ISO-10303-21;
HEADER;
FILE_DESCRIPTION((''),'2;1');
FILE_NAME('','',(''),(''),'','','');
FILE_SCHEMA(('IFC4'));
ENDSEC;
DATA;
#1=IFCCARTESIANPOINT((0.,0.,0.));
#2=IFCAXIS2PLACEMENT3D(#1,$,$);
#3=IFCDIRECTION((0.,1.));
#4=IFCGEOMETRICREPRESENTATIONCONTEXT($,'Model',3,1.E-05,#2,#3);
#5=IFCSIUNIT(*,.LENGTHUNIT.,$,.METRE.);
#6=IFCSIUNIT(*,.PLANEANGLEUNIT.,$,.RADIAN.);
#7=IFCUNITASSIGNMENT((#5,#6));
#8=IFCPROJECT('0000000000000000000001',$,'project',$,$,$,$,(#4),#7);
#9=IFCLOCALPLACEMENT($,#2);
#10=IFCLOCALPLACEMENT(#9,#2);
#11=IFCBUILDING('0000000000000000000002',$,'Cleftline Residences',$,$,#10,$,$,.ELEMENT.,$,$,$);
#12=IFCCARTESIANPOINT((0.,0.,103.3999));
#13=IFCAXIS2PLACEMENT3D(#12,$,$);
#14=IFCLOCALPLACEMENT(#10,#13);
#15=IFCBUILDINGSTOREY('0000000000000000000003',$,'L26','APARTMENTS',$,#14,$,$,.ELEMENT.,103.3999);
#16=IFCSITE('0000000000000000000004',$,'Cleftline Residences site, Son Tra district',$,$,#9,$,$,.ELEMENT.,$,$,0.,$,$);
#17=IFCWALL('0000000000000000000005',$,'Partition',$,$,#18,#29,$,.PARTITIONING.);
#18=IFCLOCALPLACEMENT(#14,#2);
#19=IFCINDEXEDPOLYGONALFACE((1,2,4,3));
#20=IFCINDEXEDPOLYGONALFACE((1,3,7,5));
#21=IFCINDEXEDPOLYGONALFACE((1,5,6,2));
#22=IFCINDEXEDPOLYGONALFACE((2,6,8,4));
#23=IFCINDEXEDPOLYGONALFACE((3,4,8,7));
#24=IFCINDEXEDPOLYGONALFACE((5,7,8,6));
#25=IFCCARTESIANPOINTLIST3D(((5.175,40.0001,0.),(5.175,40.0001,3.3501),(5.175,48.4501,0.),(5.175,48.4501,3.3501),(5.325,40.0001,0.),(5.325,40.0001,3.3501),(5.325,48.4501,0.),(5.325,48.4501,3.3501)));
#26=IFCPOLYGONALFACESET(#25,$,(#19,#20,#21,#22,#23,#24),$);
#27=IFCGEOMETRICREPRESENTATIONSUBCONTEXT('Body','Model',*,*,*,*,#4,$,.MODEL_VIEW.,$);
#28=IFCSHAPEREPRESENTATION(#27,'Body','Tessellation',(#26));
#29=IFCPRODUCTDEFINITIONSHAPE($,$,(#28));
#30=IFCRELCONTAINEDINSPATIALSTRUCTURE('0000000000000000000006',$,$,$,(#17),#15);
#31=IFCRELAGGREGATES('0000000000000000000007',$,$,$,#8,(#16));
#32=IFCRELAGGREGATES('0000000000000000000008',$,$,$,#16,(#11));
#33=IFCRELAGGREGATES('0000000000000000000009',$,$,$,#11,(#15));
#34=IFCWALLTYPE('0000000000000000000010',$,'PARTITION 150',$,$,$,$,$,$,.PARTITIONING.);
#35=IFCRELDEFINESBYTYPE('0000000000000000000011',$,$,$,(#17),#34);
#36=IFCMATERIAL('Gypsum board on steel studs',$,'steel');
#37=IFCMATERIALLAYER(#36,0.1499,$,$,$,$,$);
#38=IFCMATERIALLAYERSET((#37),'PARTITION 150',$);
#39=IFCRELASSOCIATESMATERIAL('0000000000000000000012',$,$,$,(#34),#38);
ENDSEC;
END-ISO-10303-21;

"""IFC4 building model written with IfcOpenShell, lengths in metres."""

from ifc_helpers import new_model, si_unit, direction, frame, frame_2d, origin, place, context, subcontext, project, spatial, rectangle, extrude, material, layer, layer_set, type_object, element, save


model = new_model("IFC4")

# Units and contexts
model_context = context("Model", 3, precision=1e-05, world=origin(), true_north=direction((0.0, 1.0)))
body_context = subcontext(model_context, "Body", "Model", "MODEL_VIEW")
ifc_project = project(units=[si_unit("LENGTHUNIT", "METRE"), si_unit("PLANEANGLEUNIT", "RADIAN")], contexts=[model_context])

# Site, building, storey
site_placement = place(None, origin())
site = spatial("IfcSite", under=ifc_project, at=site_placement, Name="Cleftline Residences site, Son Tra district", CompositionType="ELEMENT", RefElevation=0.0)
building_placement = place(site_placement, origin())
building = spatial("IfcBuilding", under=site, at=building_placement, Name="Cleftline Residences", CompositionType="ELEMENT")
storey_placement = place(building_placement, frame((0.0, 0.0, 103.3999)))
storey = spatial("IfcBuildingStorey", under=building, at=storey_placement, Name="L26", Description="APARTMENTS", CompositionType="ELEMENT", Elevation=103.3999)

# Wall
ifc_material_1 = material(Name="Gypsum board on steel studs", Category="steel")
ifc_layer_1 = layer(ifc_material_1, 0.1499)
ifc_layer_set_1 = layer_set([ifc_layer_1], Name="PARTITION 150")
wall_type_1 = type_object("IfcWallType", Name="PARTITION 150", PredefinedType="PARTITIONING", material=ifc_layer_set_1)
wall_1_placement = place(storey_placement, frame((5.25, 40.0, 0.0), z_axis=(0.0, 0.0, 1.0), x_axis=(0.0, 1.0, 0.0)))
element("IfcWall", 1, at=wall_1_placement, inside=storey, type_object=wall_type_1, Name="Partition", PredefinedType="PARTITIONING", context=body_context, shape_type="SweptSolid", body=[
    extrude(rectangle(XDim=8.45, YDim=0.1499, at=frame_2d((4.2251, 0.0))), origin(), (0.0, 0.0, 1.0), 3.3501),
])

save(model, "model.ifc")
